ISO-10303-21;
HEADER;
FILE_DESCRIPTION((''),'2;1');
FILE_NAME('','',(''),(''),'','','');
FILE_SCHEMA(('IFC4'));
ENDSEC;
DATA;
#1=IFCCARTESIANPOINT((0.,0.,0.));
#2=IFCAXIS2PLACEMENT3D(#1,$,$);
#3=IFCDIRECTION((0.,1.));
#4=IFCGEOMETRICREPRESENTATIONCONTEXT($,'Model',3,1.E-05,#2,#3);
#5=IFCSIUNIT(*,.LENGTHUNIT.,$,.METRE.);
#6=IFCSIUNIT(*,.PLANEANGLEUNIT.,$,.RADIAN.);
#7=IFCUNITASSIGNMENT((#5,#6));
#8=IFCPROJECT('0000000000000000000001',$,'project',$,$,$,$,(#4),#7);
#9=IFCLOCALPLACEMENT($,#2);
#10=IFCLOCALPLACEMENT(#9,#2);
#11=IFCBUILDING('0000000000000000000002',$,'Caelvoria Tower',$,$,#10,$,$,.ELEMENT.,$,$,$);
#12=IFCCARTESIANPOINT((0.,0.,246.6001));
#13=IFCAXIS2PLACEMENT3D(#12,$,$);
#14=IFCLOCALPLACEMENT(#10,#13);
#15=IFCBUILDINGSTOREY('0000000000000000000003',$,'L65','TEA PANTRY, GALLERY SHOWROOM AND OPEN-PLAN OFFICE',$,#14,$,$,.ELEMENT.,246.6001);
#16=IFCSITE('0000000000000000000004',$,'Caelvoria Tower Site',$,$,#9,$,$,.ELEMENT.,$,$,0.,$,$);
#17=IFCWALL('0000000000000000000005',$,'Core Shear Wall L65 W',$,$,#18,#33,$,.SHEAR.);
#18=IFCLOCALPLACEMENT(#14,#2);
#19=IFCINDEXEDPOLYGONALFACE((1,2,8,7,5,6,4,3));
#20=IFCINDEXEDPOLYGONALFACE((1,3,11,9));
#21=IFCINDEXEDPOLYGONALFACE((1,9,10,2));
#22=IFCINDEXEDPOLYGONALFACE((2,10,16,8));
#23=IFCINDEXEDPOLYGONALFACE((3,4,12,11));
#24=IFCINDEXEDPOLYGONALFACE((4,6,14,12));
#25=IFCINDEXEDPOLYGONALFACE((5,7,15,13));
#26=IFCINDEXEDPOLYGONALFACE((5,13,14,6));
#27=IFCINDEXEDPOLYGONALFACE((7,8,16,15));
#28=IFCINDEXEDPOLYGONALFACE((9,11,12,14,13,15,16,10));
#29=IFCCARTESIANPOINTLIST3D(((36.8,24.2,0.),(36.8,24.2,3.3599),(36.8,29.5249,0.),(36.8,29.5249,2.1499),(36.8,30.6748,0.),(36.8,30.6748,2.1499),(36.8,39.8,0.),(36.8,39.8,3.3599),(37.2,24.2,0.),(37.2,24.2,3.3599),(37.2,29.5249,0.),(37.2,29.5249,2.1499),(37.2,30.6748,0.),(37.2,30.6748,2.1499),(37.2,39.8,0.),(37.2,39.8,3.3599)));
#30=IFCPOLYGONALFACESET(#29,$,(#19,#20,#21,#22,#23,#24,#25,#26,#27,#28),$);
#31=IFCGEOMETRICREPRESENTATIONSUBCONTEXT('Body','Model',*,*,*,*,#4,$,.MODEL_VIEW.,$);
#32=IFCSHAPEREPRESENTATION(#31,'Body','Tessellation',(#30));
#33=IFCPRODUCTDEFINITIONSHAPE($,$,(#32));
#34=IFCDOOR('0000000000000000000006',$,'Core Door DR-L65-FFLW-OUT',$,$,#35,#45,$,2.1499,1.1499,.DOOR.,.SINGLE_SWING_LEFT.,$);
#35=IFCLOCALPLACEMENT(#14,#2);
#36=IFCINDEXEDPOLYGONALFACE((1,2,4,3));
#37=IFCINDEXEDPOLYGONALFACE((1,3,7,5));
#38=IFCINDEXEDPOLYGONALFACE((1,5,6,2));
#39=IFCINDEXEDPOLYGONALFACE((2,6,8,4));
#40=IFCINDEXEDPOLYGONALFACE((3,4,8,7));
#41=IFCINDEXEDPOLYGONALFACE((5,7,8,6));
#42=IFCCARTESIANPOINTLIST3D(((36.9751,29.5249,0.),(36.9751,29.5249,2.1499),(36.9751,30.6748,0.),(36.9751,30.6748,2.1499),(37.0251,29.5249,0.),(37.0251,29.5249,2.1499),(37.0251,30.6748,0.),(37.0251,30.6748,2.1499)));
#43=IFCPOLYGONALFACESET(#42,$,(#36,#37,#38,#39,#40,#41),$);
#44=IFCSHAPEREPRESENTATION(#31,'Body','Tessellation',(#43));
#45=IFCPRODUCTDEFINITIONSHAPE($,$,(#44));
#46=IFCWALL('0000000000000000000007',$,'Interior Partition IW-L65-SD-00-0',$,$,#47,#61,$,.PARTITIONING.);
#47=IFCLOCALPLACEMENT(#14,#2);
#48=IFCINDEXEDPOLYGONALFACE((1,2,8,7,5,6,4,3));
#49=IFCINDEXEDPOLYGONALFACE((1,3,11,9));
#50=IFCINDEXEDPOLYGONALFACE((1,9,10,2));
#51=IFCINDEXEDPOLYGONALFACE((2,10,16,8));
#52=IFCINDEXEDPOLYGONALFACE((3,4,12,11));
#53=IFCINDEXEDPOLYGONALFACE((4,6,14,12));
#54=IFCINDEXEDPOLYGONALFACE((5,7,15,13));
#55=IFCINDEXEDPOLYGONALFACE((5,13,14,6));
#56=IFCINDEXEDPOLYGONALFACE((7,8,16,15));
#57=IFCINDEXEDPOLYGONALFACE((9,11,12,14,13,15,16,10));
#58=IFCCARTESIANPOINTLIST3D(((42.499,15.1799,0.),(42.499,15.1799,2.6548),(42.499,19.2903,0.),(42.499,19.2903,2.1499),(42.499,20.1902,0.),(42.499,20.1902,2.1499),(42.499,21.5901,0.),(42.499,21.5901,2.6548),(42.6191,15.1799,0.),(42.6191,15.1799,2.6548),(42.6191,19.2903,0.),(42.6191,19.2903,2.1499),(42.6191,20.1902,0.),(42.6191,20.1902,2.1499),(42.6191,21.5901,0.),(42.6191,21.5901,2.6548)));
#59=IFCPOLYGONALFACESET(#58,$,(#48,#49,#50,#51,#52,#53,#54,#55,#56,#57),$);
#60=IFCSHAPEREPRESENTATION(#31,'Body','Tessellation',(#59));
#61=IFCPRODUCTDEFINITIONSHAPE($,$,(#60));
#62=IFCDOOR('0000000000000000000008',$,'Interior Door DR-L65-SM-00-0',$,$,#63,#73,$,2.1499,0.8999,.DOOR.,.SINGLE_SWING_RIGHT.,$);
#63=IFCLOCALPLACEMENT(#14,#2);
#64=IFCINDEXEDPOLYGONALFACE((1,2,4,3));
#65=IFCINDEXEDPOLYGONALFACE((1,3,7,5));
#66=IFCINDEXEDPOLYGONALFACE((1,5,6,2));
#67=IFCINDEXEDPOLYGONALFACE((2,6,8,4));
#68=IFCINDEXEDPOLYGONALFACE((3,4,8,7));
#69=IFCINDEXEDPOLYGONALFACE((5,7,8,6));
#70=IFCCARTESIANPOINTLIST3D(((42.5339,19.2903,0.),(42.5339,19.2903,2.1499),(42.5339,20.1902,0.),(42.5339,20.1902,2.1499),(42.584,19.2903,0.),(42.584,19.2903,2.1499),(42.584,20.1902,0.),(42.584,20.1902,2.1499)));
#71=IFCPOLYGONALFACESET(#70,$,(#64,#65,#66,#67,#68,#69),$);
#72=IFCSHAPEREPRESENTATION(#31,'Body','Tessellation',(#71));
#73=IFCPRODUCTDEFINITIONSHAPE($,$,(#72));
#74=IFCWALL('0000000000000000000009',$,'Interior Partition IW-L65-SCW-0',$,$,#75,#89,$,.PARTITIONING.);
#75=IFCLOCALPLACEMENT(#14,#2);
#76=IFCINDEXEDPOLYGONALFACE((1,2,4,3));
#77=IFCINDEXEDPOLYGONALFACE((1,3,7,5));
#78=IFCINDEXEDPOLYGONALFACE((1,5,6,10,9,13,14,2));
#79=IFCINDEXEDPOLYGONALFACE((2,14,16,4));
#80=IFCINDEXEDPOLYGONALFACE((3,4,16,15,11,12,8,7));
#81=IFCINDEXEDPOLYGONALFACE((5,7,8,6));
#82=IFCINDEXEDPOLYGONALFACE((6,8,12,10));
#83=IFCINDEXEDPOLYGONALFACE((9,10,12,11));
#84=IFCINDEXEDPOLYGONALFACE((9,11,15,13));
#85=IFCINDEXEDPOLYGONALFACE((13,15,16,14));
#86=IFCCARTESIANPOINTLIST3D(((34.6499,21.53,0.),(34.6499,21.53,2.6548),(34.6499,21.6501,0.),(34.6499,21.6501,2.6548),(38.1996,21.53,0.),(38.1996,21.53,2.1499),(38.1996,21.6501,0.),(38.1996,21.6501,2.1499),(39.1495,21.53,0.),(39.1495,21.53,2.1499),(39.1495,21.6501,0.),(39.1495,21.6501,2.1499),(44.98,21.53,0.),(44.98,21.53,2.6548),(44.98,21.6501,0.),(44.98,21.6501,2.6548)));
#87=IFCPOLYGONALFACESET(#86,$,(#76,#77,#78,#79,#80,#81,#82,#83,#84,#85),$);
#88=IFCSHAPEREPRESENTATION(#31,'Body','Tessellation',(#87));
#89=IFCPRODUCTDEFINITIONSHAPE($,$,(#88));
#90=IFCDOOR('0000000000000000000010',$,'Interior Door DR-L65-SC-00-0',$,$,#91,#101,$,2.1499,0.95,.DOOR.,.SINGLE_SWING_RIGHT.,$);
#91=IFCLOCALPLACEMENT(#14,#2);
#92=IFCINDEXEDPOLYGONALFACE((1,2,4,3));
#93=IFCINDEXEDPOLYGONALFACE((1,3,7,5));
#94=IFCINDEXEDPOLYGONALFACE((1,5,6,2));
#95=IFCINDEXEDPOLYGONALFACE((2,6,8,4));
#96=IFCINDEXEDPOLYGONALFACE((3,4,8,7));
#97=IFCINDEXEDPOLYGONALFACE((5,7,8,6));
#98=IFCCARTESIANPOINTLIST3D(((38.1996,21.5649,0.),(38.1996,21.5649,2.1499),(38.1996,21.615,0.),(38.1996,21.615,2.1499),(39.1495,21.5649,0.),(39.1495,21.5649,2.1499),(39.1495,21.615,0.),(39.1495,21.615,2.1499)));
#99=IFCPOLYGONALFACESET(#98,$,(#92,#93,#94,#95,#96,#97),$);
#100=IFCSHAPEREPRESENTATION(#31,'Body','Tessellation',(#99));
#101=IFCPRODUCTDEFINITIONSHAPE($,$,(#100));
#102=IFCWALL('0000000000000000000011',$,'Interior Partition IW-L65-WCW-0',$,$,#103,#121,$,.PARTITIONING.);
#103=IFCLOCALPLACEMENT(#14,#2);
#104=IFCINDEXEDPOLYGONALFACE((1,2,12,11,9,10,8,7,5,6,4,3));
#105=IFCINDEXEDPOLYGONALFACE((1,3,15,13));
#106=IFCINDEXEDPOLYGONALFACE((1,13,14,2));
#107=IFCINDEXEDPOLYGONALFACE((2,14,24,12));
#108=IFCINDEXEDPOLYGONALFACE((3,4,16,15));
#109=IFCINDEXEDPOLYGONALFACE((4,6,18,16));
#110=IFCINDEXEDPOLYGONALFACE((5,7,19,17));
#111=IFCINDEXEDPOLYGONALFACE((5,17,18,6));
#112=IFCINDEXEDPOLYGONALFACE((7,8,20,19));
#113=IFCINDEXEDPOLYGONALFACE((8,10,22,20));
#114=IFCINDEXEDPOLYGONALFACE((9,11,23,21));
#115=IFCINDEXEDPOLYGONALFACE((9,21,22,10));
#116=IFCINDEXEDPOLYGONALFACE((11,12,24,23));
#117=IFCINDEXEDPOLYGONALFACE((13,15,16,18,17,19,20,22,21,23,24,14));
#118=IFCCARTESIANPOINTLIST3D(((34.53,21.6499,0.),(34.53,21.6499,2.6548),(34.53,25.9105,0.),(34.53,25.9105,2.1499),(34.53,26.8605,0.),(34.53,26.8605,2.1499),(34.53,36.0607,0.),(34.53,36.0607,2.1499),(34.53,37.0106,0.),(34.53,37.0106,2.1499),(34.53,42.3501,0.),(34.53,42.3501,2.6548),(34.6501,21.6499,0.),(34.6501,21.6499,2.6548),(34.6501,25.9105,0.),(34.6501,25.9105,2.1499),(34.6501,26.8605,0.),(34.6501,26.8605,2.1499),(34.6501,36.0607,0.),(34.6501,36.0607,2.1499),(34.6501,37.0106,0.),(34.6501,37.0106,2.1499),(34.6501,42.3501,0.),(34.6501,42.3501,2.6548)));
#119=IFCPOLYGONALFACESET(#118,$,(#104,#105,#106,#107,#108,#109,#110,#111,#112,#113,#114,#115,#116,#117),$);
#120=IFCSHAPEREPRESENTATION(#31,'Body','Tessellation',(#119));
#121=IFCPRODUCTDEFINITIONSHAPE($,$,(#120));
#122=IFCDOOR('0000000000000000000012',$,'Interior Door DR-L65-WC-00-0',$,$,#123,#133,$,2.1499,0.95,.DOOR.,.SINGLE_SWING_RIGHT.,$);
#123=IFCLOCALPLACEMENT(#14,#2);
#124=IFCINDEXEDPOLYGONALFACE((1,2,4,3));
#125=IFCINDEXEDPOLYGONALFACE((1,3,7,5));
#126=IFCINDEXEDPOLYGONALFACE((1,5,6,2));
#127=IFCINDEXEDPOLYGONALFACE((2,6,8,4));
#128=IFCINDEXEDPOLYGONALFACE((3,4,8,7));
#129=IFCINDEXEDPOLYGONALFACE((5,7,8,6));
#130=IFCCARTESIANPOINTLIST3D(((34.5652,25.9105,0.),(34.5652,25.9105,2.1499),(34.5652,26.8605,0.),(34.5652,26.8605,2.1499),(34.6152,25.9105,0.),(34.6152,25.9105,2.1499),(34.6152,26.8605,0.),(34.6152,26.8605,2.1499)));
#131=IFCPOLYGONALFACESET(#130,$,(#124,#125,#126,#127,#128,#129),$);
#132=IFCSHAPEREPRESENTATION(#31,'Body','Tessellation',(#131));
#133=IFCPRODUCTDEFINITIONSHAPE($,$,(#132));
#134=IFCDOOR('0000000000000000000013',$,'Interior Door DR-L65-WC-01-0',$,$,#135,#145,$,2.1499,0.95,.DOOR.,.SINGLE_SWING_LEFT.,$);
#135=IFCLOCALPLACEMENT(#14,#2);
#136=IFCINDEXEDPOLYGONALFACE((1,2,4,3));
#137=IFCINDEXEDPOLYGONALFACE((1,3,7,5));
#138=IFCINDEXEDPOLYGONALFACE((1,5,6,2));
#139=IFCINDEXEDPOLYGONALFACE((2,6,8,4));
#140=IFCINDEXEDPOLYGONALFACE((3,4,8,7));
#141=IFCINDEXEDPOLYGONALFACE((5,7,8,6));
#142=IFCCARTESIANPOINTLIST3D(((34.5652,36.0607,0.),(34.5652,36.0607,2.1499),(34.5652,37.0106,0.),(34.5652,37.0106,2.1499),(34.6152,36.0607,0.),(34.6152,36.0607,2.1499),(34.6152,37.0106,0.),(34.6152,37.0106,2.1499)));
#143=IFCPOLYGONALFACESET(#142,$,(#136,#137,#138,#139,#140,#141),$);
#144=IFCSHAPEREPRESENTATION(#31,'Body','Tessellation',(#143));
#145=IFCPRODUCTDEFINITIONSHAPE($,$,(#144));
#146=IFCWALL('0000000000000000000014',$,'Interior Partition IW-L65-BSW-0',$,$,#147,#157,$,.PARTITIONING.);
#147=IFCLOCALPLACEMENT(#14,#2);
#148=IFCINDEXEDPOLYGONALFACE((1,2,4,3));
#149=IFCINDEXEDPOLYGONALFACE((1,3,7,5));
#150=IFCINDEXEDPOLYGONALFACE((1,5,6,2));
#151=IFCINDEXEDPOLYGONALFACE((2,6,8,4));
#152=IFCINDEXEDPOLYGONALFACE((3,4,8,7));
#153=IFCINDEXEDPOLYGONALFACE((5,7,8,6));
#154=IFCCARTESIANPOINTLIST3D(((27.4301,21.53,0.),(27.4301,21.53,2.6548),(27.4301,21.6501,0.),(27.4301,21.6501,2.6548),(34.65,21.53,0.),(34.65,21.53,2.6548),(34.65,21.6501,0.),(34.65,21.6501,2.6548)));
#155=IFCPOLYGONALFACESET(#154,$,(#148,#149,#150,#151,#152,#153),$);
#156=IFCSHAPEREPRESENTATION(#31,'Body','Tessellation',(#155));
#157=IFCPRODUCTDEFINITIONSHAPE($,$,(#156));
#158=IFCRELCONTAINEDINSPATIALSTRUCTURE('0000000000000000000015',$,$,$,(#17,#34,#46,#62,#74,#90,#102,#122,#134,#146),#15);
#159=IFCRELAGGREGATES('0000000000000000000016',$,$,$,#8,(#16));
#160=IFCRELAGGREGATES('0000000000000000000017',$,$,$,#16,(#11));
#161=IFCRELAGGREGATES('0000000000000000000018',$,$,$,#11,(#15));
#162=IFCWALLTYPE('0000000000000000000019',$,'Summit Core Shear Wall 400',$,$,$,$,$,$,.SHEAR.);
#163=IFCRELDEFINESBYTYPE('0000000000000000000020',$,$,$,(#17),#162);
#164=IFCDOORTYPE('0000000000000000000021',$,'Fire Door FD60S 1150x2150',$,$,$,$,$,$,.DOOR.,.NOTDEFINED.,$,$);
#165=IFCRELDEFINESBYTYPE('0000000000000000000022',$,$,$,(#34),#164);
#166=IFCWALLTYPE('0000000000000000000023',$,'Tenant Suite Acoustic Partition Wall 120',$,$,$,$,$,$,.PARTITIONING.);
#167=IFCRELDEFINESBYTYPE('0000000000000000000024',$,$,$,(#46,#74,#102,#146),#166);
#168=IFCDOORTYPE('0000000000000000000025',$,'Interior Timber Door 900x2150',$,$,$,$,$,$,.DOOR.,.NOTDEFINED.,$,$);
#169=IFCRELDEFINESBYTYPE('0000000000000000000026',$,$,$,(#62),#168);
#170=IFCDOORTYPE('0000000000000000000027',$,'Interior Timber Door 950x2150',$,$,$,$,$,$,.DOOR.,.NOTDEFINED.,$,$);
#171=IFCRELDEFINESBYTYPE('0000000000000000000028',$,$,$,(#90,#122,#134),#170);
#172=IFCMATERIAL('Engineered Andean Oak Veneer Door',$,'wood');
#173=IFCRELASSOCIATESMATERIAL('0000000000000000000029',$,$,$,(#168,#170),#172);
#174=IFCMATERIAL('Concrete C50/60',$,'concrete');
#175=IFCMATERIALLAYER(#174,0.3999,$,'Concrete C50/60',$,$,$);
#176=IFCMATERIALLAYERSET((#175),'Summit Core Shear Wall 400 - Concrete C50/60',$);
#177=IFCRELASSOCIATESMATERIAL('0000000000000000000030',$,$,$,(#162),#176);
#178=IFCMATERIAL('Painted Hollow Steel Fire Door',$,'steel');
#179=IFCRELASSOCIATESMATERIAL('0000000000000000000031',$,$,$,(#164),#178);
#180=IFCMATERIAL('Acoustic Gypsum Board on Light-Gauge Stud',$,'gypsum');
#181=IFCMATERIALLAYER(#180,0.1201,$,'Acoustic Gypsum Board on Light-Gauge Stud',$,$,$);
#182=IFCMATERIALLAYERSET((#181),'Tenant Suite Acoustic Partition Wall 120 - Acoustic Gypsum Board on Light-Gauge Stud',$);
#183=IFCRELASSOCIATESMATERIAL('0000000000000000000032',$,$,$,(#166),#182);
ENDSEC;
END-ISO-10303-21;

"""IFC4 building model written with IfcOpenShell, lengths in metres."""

from ifc_helpers import new_model, si_unit, direction, frame, frame_2d, origin, place, context, subcontext, project, spatial, rectangle, extrude, material, layer, layer_set, type_object, element, fill, save


model = new_model("IFC4")

# Units and contexts
model_context = context("Model", 3, precision=1e-05, world=origin(), true_north=direction((0.0, 1.0)))
body_context = subcontext(model_context, "Body", "Model", "MODEL_VIEW")
ifc_project = project(units=[si_unit("LENGTHUNIT", "METRE"), si_unit("PLANEANGLEUNIT", "RADIAN")], contexts=[model_context])

# Site, building, storey
site_placement = place(None, origin())
site = spatial("IfcSite", under=ifc_project, at=site_placement, Name="Caelvoria Tower Site", CompositionType="ELEMENT", RefElevation=0.0)
building_placement = place(site_placement, origin())
building = spatial("IfcBuilding", under=site, at=building_placement, Name="Caelvoria Tower", CompositionType="ELEMENT")
storey_placement = place(building_placement, frame((0.0, 0.0, 246.6001)))
storey = spatial("IfcBuildingStorey", under=building, at=storey_placement, Name="L65", Description="TEA PANTRY, GALLERY SHOWROOM AND OPEN-PLAN OFFICE", CompositionType="ELEMENT", Elevation=246.6001)

# Shared definitions
ifc_material_1 = material(Name="Concrete C50/60", Category="concrete")

# Shared definitions
ifc_material_2 = material(Name="Engineered Andean Oak Veneer Door", Category="wood")
door_type_1 = type_object("IfcDoorType", Name="Interior Timber Door 900x2150", OperationType="NOTDEFINED", PredefinedType="DOOR", material=ifc_material_2)

# Walls, openings, doors
ifc_layer_1 = layer(ifc_material_1, 0.3999, Name="Concrete C50/60")
ifc_layer_set_1 = layer_set([ifc_layer_1], Name="Summit Core Shear Wall 400 - Concrete C50/60")
wall_type_1 = type_object("IfcWallType", Name="Summit Core Shear Wall 400", PredefinedType="SHEAR", material=ifc_layer_set_1)
wall_1_placement = place(storey_placement, frame((37.0, 24.2, 0.0), z_axis=(0.0, 0.0, 1.0), x_axis=(0.0, 1.0, 0.0)))
wall_1 = element("IfcWall", 1, at=wall_1_placement, inside=storey, type_object=wall_type_1, Name="Core Shear Wall L65 W", PredefinedType="SHEAR", context=body_context, shape_type="SweptSolid", body=[
    extrude(rectangle(XDim=15.6001, YDim=0.3999, at=frame_2d((7.8, 0.0))), origin(), (0.0, 0.0, 1.0), 3.3599),
])
opening_1_placement = place(wall_1_placement, frame((5.325, 0.0, 0.0)))
opening_1 = element("IfcOpeningElement", 2, at=opening_1_placement, cuts=wall_1, PredefinedType="OPENING", context=body_context, shape_type="SweptSolid", body=[
    extrude(rectangle(XDim=1.1499, YDim=2.1499, at=frame_2d((0.575, 1.075))), frame((0.0, 0.21, 0.0), z_axis=(0.0, -1.0, 0.0), x_axis=(1.0, 0.0, 0.0)), (0.0, 0.0, 1.0), 0.4199),
])
ifc_material_3 = material(Name="Painted Hollow Steel Fire Door", Category="steel")
door_type_2 = type_object("IfcDoorType", Name="Fire Door FD60S 1150x2150", OperationType="NOTDEFINED", PredefinedType="DOOR", material=ifc_material_3)
door_1_placement = place(opening_1_placement, origin())
door_1 = element("IfcDoor", 3, at=door_1_placement, inside=storey, type_object=door_type_2, Name="Core Door DR-L65-FFLW-OUT", OperationType="SINGLE_SWING_LEFT", OverallHeight=2.1499, OverallWidth=1.1499, PredefinedType="DOOR", context=body_context, shape_type="SweptSolid", body=[
    extrude(rectangle(XDim=1.1499, YDim=2.1499, at=frame_2d((0.575, 1.075))), frame((0.0, 0.0249, 0.0), z_axis=(0.0, -1.0, 0.0), x_axis=(1.0, 0.0, 0.0)), (0.0, 0.0, 1.0), 0.05),
])
fill(opening_1, door_1)
ifc_material_4 = material(Name="Acoustic Gypsum Board on Light-Gauge Stud", Category="gypsum")
ifc_layer_2 = layer(ifc_material_4, 0.1201, Name="Acoustic Gypsum Board on Light-Gauge Stud")
ifc_layer_set_2 = layer_set([ifc_layer_2], Name="Tenant Suite Acoustic Partition Wall 120 - Acoustic Gypsum Board on Light-Gauge Stud")
wall_type_2 = type_object("IfcWallType", Name="Tenant Suite Acoustic Partition Wall 120", PredefinedType="PARTITIONING", material=ifc_layer_set_2)
wall_2_placement = place(storey_placement, frame((42.5591, 21.5901, 0.0), z_axis=(0.0, 0.0, 1.0), x_axis=(0.0, -1.0, 0.0)))
wall_2 = element("IfcWall", 4, at=wall_2_placement, inside=storey, type_object=wall_type_2, Name="Interior Partition IW-L65-SD-00-0", PredefinedType="PARTITIONING", context=body_context, shape_type="SweptSolid", body=[
    extrude(rectangle(XDim=6.4102, YDim=0.1201, at=frame_2d((3.2051, 0.0))), origin(), (0.0, 0.0, 1.0), 2.6548),
])
opening_2_placement = place(wall_2_placement, frame((1.3999, 0.0, 0.0)))
opening_2 = element("IfcOpeningElement", 5, at=opening_2_placement, cuts=wall_2, PredefinedType="OPENING", context=body_context, shape_type="SweptSolid", body=[
    extrude(rectangle(XDim=0.8999, YDim=2.1499, at=frame_2d((0.45, 1.075))), frame((0.0, 0.0701, 0.0), z_axis=(0.0, -1.0, 0.0), x_axis=(1.0, 0.0, 0.0)), (0.0, 0.0, 1.0), 0.1401),
])
door_2_placement = place(opening_2_placement, origin())
door_2 = element("IfcDoor", 6, at=door_2_placement, inside=storey, type_object=door_type_1, Name="Interior Door DR-L65-SM-00-0", OperationType="SINGLE_SWING_RIGHT", OverallHeight=2.1499, OverallWidth=0.8999, PredefinedType="DOOR", context=body_context, shape_type="SweptSolid", body=[
    extrude(rectangle(XDim=0.8999, YDim=2.1499, at=frame_2d((0.45, 1.075))), frame((0.0, 0.0249, 0.0), z_axis=(0.0, -1.0, 0.0), x_axis=(1.0, 0.0, 0.0)), (0.0, 0.0, 1.0), 0.05),
])
fill(opening_2, door_2)
wall_3_placement = place(storey_placement, frame((34.6499, 21.5901, 0.0), z_axis=(0.0, 0.0, 1.0), x_axis=(1.0, 0.0, 0.0)))
wall_3 = element("IfcWall", 7, at=wall_3_placement, inside=storey, type_object=wall_type_2, Name="Interior Partition IW-L65-SCW-0", PredefinedType="PARTITIONING", context=body_context, shape_type="SweptSolid", body=[
    extrude(rectangle(XDim=10.3301, YDim=0.1201, at=frame_2d((5.165, 0.0))), origin(), (0.0, 0.0, 1.0), 2.6548),
])
opening_3_placement = place(wall_3_placement, frame((3.5496, 0.0, 0.0)))
opening_3 = element("IfcOpeningElement", 8, at=opening_3_placement, cuts=wall_3, PredefinedType="OPENING", context=body_context, shape_type="SweptSolid", body=[
    extrude(rectangle(XDim=0.95, YDim=2.1499, at=frame_2d((0.4751, 1.075))), frame((0.0, 0.0701, 0.0), z_axis=(0.0, -1.0, 0.0), x_axis=(1.0, 0.0, 0.0)), (0.0, 0.0, 1.0), 0.1401),
])
door_type_3 = type_object("IfcDoorType", Name="Interior Timber Door 950x2150", OperationType="NOTDEFINED", PredefinedType="DOOR", material=ifc_material_2)
door_3_placement = place(opening_3_placement, origin())
door_3 = element("IfcDoor", 9, at=door_3_placement, inside=storey, type_object=door_type_3, Name="Interior Door DR-L65-SC-00-0", OperationType="SINGLE_SWING_RIGHT", OverallHeight=2.1499, OverallWidth=0.95, PredefinedType="DOOR", context=body_context, shape_type="SweptSolid", body=[
    extrude(rectangle(XDim=0.95, YDim=2.1499, at=frame_2d((0.4751, 1.075))), frame((0.0, 0.0249, 0.0), z_axis=(0.0, -1.0, 0.0), x_axis=(1.0, 0.0, 0.0)), (0.0, 0.0, 1.0), 0.05),
])
fill(opening_3, door_3)

# Wall, openings, doors
wall_4_placement = place(storey_placement, frame((34.5901, 21.6499, 0.0), z_axis=(0.0, 0.0, 1.0), x_axis=(0.0, 1.0, 0.0)))
wall_4 = element("IfcWall", 10, at=wall_4_placement, inside=storey, type_object=wall_type_2, Name="Interior Partition IW-L65-WCW-0", PredefinedType="PARTITIONING", context=body_context, shape_type="SweptSolid", body=[
    extrude(rectangle(XDim=20.7002, YDim=0.1201, at=frame_2d((10.3501, 0.0))), origin(), (0.0, 0.0, 1.0), 2.6548),
])
opening_4_placement = place(wall_4_placement, frame((4.2605, 0.0, 0.0)))
opening_4 = element("IfcOpeningElement", 11, at=opening_4_placement, cuts=wall_4, PredefinedType="OPENING", context=body_context, shape_type="SweptSolid", body=[
    extrude(rectangle(XDim=0.95, YDim=2.1499, at=frame_2d((0.4751, 1.075))), frame((0.0, 0.0701, 0.0), z_axis=(0.0, -1.0, 0.0), x_axis=(1.0, 0.0, 0.0)), (0.0, 0.0, 1.0), 0.1401),
])
opening_5_placement = place(wall_4_placement, frame((14.4106, 0.0, 0.0)))
opening_5 = element("IfcOpeningElement", 12, at=opening_5_placement, cuts=wall_4, PredefinedType="OPENING", context=body_context, shape_type="SweptSolid", body=[
    extrude(rectangle(XDim=0.95, YDim=2.1499, at=frame_2d((0.4751, 1.075))), frame((0.0, 0.0701, 0.0), z_axis=(0.0, -1.0, 0.0), x_axis=(1.0, 0.0, 0.0)), (0.0, 0.0, 1.0), 0.1401),
])
door_4_placement = place(opening_4_placement, origin())
door_4 = element("IfcDoor", 13, at=door_4_placement, inside=storey, type_object=door_type_3, Name="Interior Door DR-L65-WC-00-0", OperationType="SINGLE_SWING_RIGHT", OverallHeight=2.1499, OverallWidth=0.95, PredefinedType="DOOR", context=body_context, shape_type="SweptSolid", body=[
    extrude(rectangle(XDim=0.95, YDim=2.1499, at=frame_2d((0.4751, 1.075))), frame((0.0, 0.0249, 0.0), z_axis=(0.0, -1.0, 0.0), x_axis=(1.0, 0.0, 0.0)), (0.0, 0.0, 1.0), 0.05),
])
fill(opening_4, door_4)
door_5_placement = place(opening_5_placement, origin())
door_5 = element("IfcDoor", 14, at=door_5_placement, inside=storey, type_object=door_type_3, Name="Interior Door DR-L65-WC-01-0", OperationType="SINGLE_SWING_LEFT", OverallHeight=2.1499, OverallWidth=0.95, PredefinedType="DOOR", context=body_context, shape_type="SweptSolid", body=[
    extrude(rectangle(XDim=0.95, YDim=2.1499, at=frame_2d((0.4751, 1.075))), frame((0.0, 0.0249, 0.0), z_axis=(0.0, -1.0, 0.0), x_axis=(1.0, 0.0, 0.0)), (0.0, 0.0, 1.0), 0.05),
])
fill(opening_5, door_5)

# Wall
wall_5_placement = place(storey_placement, frame((34.6499, 21.5901, 0.0), z_axis=(0.0, 0.0, 1.0), x_axis=(-1.0, 0.0, 0.0)))
element("IfcWall", 15, at=wall_5_placement, inside=storey, type_object=wall_type_2, Name="Interior Partition IW-L65-BSW-0", PredefinedType="PARTITIONING", context=body_context, shape_type="SweptSolid", body=[
    extrude(rectangle(XDim=7.22, YDim=0.1201, at=frame_2d((3.6099, 0.0))), origin(), (0.0, 0.0, 1.0), 2.6548),
])

save(model, "model.ifc")
